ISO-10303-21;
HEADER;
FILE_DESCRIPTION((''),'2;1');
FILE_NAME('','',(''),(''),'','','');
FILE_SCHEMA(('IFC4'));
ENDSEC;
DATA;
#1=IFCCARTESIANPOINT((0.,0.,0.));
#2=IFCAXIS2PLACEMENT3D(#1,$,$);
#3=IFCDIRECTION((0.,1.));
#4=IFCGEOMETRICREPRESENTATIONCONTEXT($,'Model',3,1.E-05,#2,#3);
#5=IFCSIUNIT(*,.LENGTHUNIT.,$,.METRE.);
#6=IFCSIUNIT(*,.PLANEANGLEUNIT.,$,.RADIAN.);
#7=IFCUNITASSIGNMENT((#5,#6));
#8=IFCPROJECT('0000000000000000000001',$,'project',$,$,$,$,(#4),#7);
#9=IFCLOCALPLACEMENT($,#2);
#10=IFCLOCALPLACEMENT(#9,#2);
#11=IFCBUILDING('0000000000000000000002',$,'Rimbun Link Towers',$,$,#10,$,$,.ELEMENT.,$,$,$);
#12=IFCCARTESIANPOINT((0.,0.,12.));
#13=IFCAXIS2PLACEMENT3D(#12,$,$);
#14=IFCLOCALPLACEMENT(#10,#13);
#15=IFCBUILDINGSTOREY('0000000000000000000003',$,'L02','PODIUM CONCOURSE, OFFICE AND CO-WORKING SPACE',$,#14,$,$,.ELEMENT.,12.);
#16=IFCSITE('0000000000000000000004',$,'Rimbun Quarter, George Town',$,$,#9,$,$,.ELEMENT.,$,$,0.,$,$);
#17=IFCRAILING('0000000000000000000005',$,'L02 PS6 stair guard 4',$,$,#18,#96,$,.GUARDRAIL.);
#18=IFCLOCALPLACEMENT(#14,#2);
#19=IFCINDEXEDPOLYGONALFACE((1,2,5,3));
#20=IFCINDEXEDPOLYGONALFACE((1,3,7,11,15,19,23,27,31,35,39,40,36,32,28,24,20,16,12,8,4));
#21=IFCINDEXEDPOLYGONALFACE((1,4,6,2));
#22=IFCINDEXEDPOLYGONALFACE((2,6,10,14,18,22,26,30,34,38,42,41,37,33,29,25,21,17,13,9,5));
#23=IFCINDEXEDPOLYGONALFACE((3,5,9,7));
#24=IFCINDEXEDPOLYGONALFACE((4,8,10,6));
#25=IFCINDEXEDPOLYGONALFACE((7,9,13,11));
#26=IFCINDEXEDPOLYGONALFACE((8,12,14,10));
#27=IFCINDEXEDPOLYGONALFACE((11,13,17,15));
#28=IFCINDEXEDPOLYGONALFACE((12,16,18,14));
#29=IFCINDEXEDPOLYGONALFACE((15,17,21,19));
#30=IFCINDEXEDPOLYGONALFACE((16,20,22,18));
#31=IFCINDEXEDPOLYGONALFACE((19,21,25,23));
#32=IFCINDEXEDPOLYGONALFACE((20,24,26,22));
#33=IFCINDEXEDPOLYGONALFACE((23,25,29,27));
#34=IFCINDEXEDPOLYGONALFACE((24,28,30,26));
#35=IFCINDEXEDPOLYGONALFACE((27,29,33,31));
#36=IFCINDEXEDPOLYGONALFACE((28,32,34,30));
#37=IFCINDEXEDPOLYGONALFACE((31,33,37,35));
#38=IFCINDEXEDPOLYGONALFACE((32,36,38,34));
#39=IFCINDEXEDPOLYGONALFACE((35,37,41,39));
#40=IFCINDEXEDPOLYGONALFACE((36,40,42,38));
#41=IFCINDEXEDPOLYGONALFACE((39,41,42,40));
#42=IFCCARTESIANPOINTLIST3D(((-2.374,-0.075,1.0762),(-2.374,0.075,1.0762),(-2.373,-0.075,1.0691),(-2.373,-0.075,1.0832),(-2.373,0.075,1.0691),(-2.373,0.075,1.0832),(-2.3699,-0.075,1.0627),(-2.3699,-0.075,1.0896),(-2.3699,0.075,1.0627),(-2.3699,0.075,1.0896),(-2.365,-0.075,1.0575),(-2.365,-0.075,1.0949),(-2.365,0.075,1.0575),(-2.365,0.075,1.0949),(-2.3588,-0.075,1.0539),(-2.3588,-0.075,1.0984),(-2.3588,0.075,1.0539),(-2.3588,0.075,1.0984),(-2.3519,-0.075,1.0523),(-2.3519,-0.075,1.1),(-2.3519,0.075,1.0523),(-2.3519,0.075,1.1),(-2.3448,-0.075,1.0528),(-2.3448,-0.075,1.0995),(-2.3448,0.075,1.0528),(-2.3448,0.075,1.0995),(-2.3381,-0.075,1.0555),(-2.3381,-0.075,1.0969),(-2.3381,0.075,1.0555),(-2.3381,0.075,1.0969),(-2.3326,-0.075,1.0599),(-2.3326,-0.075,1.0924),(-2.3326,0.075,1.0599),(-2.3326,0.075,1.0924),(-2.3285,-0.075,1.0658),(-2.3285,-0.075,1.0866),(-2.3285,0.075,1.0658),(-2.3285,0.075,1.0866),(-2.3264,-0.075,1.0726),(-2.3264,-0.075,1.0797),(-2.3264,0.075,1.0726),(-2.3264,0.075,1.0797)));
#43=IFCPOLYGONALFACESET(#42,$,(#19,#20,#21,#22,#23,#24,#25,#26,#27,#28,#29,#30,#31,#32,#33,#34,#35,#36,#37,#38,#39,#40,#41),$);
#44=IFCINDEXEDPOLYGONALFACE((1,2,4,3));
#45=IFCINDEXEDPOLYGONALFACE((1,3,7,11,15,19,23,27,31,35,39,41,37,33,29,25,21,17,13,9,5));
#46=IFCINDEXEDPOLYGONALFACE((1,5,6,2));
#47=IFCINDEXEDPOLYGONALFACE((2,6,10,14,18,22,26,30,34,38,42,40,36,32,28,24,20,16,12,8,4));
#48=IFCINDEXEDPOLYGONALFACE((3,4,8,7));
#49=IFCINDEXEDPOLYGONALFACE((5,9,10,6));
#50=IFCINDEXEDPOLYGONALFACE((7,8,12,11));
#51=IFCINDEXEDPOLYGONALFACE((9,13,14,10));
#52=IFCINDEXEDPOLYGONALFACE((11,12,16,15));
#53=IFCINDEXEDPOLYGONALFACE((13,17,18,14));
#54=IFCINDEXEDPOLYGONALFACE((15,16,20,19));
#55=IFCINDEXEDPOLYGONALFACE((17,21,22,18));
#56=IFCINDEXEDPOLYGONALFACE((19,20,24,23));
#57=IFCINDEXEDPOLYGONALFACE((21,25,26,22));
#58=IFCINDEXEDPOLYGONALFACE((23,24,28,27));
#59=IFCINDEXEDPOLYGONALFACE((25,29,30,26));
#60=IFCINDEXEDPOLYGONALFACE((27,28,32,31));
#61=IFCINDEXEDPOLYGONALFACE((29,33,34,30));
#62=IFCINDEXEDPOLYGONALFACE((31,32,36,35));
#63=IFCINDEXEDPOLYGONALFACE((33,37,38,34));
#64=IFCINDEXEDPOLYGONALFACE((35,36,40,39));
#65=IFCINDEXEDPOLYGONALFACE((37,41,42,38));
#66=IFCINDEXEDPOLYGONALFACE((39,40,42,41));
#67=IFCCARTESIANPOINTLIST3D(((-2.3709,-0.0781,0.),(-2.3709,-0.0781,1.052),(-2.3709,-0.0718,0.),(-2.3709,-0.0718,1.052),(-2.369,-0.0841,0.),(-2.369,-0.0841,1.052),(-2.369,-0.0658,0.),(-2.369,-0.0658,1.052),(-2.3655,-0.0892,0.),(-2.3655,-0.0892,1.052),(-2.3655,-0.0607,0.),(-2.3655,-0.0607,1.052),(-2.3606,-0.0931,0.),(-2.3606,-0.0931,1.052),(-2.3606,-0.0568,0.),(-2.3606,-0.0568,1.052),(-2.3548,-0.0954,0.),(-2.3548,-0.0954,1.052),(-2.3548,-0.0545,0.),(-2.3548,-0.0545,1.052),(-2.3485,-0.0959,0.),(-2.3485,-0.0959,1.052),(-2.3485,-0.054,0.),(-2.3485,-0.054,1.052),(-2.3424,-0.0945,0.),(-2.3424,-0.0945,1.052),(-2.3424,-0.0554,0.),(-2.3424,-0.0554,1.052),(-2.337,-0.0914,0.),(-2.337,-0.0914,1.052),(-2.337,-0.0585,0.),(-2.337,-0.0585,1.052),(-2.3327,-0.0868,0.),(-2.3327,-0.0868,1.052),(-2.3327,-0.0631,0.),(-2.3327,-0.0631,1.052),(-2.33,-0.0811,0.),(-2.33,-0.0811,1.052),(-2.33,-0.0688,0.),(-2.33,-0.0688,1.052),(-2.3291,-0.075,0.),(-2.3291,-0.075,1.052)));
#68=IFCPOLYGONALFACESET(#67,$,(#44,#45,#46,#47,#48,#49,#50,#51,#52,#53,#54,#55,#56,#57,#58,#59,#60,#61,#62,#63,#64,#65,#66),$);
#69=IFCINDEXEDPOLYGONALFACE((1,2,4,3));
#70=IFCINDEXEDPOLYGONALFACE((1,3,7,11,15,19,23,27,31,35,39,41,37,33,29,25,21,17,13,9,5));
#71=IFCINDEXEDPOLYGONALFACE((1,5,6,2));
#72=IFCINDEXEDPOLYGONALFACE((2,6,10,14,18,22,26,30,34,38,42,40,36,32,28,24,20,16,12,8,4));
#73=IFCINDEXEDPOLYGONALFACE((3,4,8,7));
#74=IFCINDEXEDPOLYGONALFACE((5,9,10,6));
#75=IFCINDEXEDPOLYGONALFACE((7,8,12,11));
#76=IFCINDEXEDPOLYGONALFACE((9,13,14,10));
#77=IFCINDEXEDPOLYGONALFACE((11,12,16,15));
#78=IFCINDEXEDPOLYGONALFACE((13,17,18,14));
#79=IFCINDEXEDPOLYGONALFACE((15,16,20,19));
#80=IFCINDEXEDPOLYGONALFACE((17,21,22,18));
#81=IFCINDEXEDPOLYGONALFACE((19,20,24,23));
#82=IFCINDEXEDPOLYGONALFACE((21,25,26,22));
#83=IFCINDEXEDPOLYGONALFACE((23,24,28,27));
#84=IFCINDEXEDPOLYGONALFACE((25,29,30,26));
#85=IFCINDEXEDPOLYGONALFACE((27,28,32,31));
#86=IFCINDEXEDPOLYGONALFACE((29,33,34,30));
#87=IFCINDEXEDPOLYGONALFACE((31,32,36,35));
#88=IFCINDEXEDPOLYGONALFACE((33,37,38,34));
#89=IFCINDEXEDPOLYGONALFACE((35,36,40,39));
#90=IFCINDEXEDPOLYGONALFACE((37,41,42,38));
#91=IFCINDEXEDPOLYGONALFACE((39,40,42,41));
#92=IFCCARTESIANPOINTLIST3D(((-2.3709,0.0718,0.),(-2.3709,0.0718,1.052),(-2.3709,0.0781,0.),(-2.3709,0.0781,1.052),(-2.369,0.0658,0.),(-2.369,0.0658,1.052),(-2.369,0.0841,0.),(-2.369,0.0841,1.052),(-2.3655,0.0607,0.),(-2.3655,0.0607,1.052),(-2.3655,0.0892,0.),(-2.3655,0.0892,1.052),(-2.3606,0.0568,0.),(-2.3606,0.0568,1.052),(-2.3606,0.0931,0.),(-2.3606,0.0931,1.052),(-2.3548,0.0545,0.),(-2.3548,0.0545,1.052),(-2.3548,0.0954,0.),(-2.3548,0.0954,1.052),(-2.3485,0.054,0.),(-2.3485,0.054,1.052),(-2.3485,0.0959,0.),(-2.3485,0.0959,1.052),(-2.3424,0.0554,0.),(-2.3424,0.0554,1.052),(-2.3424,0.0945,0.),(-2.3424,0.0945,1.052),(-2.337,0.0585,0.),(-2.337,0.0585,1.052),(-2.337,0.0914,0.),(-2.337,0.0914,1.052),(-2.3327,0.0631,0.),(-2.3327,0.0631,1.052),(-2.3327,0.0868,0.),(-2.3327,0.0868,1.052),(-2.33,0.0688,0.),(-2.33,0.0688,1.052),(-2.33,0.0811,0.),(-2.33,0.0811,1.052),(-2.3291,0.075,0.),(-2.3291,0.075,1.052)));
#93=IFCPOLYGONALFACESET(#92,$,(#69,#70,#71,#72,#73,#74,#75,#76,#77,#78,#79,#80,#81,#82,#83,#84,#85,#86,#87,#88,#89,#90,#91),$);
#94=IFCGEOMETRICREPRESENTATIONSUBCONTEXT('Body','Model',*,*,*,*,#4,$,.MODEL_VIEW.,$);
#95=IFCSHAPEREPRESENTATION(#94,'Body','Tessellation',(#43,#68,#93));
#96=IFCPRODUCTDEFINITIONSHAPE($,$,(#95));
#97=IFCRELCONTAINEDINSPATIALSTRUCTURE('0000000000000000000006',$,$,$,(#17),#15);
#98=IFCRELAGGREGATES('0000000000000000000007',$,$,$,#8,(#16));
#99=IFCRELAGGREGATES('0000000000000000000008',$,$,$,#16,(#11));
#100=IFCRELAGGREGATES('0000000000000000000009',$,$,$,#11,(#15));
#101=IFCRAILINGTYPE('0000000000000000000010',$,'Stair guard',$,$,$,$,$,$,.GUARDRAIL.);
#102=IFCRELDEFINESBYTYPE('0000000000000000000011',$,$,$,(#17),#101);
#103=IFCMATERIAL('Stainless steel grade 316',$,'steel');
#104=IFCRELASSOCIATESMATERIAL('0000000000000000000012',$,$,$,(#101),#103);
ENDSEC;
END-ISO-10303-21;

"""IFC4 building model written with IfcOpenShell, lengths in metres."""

from ifc_helpers import new_model, si_unit, direction, frame, origin, origin_2d, place, context, subcontext, project, spatial, circle, extrude, material, type_object, element, save


model = new_model("IFC4")

# Units and contexts
model_context = context("Model", 3, precision=1e-05, world=origin(), true_north=direction((0.0, 1.0)))
body_context = subcontext(model_context, "Body", "Model", "MODEL_VIEW")
ifc_project = project(units=[si_unit("LENGTHUNIT", "METRE"), si_unit("PLANEANGLEUNIT", "RADIAN")], contexts=[model_context])

# Site, building, storey
site_placement = place(None, origin())
site = spatial("IfcSite", under=ifc_project, at=site_placement, Name="Rimbun Quarter, George Town", CompositionType="ELEMENT", RefElevation=0.0)
building_placement = place(site_placement, origin())
building = spatial("IfcBuilding", under=site, at=building_placement, Name="Rimbun Link Towers", CompositionType="ELEMENT")
storey_placement = place(building_placement, frame((0.0, 0.0, 12.0)))
storey = spatial("IfcBuildingStorey", under=building, at=storey_placement, Name="L02", Description="PODIUM CONCOURSE, OFFICE AND CO-WORKING SPACE", CompositionType="ELEMENT", Elevation=12.0)

# Railing
ifc_material_1 = material(Name="Stainless steel grade 316", Category="steel")
railing_type_1 = type_object("IfcRailingType", Name="Stair guard", PredefinedType="GUARDRAIL", material=ifc_material_1)
railing_1_placement = place(storey_placement, frame((-2.3501, -0.075, 0.0)))
element("IfcRailing", 1, at=railing_1_placement, inside=storey, type_object=railing_type_1, Name="L02 PS6 stair guard 4", PredefinedType="GUARDRAIL", context=body_context, shape_type="SweptSolid", body=[
    extrude(circle(Radius=0.0239, at=origin_2d()), frame((0.0, 0.0, 1.0762), z_axis=(0.0, 1.0, 0.0), x_axis=(-1.0, 0.0, 0.0)), (0.0, 0.0, 1.0), 0.1499),
    extrude(circle(Radius=0.021, at=origin_2d()), origin(), (0.0, 0.0, 1.0), 1.052),
    extrude(circle(Radius=0.021, at=origin_2d()), frame((0.0, 0.1499, 0.0)), (0.0, 0.0, 1.0), 1.052),
])

save(model, "model.ifc")
